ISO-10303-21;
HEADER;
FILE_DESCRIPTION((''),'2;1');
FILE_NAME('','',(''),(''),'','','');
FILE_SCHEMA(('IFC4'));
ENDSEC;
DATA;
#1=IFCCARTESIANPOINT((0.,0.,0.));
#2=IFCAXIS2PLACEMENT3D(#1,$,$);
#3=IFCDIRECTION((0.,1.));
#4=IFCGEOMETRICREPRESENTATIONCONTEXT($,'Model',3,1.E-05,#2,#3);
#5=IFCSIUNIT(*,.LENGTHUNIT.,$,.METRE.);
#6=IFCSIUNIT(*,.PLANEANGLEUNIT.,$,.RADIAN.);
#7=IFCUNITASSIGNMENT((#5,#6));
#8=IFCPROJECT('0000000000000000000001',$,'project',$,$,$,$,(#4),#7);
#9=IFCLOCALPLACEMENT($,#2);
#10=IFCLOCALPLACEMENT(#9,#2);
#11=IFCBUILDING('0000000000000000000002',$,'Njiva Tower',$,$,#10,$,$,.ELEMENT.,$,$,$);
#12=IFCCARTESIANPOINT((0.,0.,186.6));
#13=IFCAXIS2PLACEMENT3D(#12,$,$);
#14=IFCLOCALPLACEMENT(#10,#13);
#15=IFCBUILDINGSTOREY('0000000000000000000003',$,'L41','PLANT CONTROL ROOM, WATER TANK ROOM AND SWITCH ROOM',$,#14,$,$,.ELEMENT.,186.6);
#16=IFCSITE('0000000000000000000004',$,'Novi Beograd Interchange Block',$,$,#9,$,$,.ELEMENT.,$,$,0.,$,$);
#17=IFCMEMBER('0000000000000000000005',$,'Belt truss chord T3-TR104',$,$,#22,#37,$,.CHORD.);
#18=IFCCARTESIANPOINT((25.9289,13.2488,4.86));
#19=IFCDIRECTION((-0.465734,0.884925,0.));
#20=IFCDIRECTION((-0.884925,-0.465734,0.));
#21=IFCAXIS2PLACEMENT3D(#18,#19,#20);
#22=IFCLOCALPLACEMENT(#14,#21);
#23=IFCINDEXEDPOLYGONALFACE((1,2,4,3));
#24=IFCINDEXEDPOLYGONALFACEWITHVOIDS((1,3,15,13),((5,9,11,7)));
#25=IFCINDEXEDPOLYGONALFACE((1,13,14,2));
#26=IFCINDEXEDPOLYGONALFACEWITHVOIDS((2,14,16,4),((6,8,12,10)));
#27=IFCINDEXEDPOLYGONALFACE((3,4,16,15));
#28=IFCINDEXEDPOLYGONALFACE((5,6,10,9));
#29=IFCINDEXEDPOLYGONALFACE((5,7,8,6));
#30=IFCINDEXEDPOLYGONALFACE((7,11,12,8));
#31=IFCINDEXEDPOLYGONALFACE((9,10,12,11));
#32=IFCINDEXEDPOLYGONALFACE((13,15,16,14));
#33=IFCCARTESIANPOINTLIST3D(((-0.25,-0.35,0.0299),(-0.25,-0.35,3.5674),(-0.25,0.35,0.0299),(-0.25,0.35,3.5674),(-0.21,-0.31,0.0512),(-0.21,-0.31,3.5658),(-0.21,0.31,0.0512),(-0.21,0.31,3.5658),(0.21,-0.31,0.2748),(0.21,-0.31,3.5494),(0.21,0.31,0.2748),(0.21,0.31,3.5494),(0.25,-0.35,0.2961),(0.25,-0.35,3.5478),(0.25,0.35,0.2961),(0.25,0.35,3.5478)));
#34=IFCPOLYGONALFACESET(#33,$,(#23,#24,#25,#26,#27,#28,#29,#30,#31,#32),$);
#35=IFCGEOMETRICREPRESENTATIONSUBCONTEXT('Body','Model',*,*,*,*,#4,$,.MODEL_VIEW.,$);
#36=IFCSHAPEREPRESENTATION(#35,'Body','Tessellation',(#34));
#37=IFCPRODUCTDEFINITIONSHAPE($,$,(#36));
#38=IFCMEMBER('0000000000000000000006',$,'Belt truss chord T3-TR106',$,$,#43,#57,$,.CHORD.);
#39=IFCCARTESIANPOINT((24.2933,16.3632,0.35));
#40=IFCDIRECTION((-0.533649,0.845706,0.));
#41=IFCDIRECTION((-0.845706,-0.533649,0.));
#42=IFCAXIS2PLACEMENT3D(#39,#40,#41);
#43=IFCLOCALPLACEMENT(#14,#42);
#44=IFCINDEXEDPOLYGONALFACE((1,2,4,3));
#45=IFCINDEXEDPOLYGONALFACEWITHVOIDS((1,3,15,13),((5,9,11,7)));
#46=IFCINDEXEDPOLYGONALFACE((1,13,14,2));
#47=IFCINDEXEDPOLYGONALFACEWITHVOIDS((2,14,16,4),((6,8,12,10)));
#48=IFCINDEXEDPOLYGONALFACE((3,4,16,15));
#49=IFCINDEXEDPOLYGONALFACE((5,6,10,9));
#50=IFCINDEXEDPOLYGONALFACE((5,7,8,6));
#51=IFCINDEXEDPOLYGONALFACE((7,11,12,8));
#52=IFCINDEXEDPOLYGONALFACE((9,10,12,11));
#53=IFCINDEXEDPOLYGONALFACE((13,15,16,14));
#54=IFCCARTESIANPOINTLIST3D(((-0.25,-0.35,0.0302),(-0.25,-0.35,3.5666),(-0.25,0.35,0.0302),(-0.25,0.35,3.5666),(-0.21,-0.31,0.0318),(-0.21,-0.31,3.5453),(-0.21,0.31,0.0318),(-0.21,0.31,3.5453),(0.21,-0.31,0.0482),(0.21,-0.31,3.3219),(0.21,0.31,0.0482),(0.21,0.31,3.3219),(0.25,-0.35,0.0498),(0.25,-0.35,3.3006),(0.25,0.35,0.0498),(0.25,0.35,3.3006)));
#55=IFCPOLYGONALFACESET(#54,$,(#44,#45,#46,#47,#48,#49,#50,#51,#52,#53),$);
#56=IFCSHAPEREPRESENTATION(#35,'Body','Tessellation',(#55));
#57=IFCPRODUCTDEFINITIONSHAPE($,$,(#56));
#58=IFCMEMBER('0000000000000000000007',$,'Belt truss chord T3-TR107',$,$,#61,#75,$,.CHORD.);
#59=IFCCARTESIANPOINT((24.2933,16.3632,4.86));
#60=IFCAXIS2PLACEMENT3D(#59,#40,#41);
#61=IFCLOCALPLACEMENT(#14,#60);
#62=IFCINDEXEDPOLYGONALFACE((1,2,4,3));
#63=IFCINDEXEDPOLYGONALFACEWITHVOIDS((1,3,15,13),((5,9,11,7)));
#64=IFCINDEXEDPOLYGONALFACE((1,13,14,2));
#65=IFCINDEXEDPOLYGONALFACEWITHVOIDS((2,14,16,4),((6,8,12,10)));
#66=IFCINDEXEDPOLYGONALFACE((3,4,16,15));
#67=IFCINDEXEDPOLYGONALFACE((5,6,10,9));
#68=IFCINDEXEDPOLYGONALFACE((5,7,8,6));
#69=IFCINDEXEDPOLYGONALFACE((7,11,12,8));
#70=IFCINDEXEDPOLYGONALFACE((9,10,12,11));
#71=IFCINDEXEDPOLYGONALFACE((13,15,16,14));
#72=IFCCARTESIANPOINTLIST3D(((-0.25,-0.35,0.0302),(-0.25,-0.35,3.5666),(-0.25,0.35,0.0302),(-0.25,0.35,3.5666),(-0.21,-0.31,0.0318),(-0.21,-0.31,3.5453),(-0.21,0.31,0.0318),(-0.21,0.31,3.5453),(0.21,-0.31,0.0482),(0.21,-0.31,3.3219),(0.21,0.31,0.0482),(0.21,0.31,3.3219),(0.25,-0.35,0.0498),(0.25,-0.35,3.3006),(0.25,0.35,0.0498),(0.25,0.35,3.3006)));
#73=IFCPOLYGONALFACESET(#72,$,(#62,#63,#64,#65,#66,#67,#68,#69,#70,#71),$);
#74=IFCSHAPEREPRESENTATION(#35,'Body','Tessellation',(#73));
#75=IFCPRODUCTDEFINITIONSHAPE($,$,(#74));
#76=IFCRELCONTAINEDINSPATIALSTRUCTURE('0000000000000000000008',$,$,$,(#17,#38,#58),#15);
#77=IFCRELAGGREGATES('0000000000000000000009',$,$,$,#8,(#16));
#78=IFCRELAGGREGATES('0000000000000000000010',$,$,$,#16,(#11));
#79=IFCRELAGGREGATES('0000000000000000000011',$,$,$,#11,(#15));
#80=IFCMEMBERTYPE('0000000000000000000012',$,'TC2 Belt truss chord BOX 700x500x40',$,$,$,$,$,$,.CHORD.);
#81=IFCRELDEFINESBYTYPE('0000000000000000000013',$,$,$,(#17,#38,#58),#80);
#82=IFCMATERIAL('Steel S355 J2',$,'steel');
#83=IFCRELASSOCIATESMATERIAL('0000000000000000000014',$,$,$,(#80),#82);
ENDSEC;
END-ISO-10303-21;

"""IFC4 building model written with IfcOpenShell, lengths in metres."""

from ifc_helpers import new_model, si_unit, direction, frame, origin, origin_2d, place, context, subcontext, project, spatial, hollow_rectangle, extrude, clip, halfspace, material, material_profile, profile_set, type_object, element, save


model = new_model("IFC4")

# Units and contexts
model_context = context("Model", 3, precision=1e-05, world=origin(), true_north=direction((0.0, 1.0)))
body_context = subcontext(model_context, "Body", "Model", "MODEL_VIEW")
ifc_project = project(units=[si_unit("LENGTHUNIT", "METRE"), si_unit("PLANEANGLEUNIT", "RADIAN")], contexts=[model_context])

# Site, building, storey
site_placement = place(None, origin())
site = spatial("IfcSite", under=ifc_project, at=site_placement, Name="Novi Beograd Interchange Block", CompositionType="ELEMENT", RefElevation=0.0)
building_placement = place(site_placement, origin())
building = spatial("IfcBuilding", under=site, at=building_placement, Name="Njiva Tower", CompositionType="ELEMENT")
storey_placement = place(building_placement, frame((0.0, 0.0, 186.6)))
storey = spatial("IfcBuildingStorey", under=building, at=storey_placement, Name="L41", Description="PLANT CONTROL ROOM, WATER TANK ROOM AND SWITCH ROOM", CompositionType="ELEMENT", Elevation=186.6)

# Shared definitions
ifc_material_1 = material(Name="Steel S355 J2", Category="steel")

# Members
ifc_material_profile_1 = material_profile(ifc_material_1, hollow_rectangle(XDim=0.5, YDim=0.7, WallThickness=0.04, at=origin_2d()), Name="BOX 700x500x40")
ifc_profile_set_1 = profile_set([ifc_material_profile_1], Name="Steel S355 J2")
member_type_1 = type_object("IfcMemberType", Name="TC2 Belt truss chord BOX 700x500x40", PredefinedType="CHORD", material=ifc_profile_set_1)
member_1_placement = place(storey_placement, frame((25.9289, 13.2488, 4.86), z_axis=(-0.465734, 0.884925, 0.0), x_axis=(-0.884925, -0.465734, 0.0)))
element("IfcMember", 1, at=member_1_placement, inside=storey, type_object=member_type_1, Name="Belt truss chord T3-TR104", PredefinedType="CHORD", context=body_context, shape_type="Clipping", body=[
    clip(clip(extrude(hollow_rectangle(XDim=0.5, YDim=0.7, WallThickness=0.04, at=origin_2d()), origin(), (0.0, 0.0, 1.0), 3.5976), halfspace(frame((0.0, -191.46, 0.163), z_axis=(0.469818, 0.0, -0.882763), x_axis=(0.0, -1.0, 0.0)), False)), halfspace(frame((0.0, -191.46, 3.5576), z_axis=(0.039216, 0.0, 0.999231), x_axis=(0.0, 1.0, 0.0)), False)),
])
member_2_placement = place(storey_placement, frame((24.2933, 16.3632, 0.35), z_axis=(-0.533649, 0.845706, 0.0), x_axis=(-0.845706, -0.533649, 0.0)))
element("IfcMember", 2, at=member_2_placement, inside=storey, type_object=member_type_1, Name="Belt truss chord T3-TR106", PredefinedType="CHORD", context=body_context, shape_type="Clipping", body=[
    clip(clip(extrude(hollow_rectangle(XDim=0.5, YDim=0.7, WallThickness=0.04, at=origin_2d()), origin(), (0.0, 0.0, 1.0), 3.5966), halfspace(frame((0.0, -186.95, 0.04), z_axis=(0.039209, 0.0, -0.999231), x_axis=(0.0, -1.0, 0.0)), False)), halfspace(frame((0.0, -186.95, 3.4336), z_axis=(0.469686, 0.0, 0.882833), x_axis=(0.0, 1.0, 0.0)), False)),
])
member_3_placement = place(storey_placement, frame((24.2933, 16.3632, 4.86), z_axis=(-0.533649, 0.845706, 0.0), x_axis=(-0.845706, -0.533649, 0.0)))
element("IfcMember", 3, at=member_3_placement, inside=storey, type_object=member_type_1, Name="Belt truss chord T3-TR107", PredefinedType="CHORD", context=body_context, shape_type="Clipping", body=[
    clip(clip(extrude(hollow_rectangle(XDim=0.5, YDim=0.7, WallThickness=0.04, at=origin_2d()), origin(), (0.0, 0.0, 1.0), 3.5966), halfspace(frame((0.0, -191.46, 0.04), z_axis=(0.039209, 0.0, -0.999231), x_axis=(0.0, -1.0, 0.0)), False)), halfspace(frame((0.0, -191.46, 3.4336), z_axis=(0.469686, 0.0, 0.882833), x_axis=(0.0, 1.0, 0.0)), False)),
])

save(model, "model.ifc")
